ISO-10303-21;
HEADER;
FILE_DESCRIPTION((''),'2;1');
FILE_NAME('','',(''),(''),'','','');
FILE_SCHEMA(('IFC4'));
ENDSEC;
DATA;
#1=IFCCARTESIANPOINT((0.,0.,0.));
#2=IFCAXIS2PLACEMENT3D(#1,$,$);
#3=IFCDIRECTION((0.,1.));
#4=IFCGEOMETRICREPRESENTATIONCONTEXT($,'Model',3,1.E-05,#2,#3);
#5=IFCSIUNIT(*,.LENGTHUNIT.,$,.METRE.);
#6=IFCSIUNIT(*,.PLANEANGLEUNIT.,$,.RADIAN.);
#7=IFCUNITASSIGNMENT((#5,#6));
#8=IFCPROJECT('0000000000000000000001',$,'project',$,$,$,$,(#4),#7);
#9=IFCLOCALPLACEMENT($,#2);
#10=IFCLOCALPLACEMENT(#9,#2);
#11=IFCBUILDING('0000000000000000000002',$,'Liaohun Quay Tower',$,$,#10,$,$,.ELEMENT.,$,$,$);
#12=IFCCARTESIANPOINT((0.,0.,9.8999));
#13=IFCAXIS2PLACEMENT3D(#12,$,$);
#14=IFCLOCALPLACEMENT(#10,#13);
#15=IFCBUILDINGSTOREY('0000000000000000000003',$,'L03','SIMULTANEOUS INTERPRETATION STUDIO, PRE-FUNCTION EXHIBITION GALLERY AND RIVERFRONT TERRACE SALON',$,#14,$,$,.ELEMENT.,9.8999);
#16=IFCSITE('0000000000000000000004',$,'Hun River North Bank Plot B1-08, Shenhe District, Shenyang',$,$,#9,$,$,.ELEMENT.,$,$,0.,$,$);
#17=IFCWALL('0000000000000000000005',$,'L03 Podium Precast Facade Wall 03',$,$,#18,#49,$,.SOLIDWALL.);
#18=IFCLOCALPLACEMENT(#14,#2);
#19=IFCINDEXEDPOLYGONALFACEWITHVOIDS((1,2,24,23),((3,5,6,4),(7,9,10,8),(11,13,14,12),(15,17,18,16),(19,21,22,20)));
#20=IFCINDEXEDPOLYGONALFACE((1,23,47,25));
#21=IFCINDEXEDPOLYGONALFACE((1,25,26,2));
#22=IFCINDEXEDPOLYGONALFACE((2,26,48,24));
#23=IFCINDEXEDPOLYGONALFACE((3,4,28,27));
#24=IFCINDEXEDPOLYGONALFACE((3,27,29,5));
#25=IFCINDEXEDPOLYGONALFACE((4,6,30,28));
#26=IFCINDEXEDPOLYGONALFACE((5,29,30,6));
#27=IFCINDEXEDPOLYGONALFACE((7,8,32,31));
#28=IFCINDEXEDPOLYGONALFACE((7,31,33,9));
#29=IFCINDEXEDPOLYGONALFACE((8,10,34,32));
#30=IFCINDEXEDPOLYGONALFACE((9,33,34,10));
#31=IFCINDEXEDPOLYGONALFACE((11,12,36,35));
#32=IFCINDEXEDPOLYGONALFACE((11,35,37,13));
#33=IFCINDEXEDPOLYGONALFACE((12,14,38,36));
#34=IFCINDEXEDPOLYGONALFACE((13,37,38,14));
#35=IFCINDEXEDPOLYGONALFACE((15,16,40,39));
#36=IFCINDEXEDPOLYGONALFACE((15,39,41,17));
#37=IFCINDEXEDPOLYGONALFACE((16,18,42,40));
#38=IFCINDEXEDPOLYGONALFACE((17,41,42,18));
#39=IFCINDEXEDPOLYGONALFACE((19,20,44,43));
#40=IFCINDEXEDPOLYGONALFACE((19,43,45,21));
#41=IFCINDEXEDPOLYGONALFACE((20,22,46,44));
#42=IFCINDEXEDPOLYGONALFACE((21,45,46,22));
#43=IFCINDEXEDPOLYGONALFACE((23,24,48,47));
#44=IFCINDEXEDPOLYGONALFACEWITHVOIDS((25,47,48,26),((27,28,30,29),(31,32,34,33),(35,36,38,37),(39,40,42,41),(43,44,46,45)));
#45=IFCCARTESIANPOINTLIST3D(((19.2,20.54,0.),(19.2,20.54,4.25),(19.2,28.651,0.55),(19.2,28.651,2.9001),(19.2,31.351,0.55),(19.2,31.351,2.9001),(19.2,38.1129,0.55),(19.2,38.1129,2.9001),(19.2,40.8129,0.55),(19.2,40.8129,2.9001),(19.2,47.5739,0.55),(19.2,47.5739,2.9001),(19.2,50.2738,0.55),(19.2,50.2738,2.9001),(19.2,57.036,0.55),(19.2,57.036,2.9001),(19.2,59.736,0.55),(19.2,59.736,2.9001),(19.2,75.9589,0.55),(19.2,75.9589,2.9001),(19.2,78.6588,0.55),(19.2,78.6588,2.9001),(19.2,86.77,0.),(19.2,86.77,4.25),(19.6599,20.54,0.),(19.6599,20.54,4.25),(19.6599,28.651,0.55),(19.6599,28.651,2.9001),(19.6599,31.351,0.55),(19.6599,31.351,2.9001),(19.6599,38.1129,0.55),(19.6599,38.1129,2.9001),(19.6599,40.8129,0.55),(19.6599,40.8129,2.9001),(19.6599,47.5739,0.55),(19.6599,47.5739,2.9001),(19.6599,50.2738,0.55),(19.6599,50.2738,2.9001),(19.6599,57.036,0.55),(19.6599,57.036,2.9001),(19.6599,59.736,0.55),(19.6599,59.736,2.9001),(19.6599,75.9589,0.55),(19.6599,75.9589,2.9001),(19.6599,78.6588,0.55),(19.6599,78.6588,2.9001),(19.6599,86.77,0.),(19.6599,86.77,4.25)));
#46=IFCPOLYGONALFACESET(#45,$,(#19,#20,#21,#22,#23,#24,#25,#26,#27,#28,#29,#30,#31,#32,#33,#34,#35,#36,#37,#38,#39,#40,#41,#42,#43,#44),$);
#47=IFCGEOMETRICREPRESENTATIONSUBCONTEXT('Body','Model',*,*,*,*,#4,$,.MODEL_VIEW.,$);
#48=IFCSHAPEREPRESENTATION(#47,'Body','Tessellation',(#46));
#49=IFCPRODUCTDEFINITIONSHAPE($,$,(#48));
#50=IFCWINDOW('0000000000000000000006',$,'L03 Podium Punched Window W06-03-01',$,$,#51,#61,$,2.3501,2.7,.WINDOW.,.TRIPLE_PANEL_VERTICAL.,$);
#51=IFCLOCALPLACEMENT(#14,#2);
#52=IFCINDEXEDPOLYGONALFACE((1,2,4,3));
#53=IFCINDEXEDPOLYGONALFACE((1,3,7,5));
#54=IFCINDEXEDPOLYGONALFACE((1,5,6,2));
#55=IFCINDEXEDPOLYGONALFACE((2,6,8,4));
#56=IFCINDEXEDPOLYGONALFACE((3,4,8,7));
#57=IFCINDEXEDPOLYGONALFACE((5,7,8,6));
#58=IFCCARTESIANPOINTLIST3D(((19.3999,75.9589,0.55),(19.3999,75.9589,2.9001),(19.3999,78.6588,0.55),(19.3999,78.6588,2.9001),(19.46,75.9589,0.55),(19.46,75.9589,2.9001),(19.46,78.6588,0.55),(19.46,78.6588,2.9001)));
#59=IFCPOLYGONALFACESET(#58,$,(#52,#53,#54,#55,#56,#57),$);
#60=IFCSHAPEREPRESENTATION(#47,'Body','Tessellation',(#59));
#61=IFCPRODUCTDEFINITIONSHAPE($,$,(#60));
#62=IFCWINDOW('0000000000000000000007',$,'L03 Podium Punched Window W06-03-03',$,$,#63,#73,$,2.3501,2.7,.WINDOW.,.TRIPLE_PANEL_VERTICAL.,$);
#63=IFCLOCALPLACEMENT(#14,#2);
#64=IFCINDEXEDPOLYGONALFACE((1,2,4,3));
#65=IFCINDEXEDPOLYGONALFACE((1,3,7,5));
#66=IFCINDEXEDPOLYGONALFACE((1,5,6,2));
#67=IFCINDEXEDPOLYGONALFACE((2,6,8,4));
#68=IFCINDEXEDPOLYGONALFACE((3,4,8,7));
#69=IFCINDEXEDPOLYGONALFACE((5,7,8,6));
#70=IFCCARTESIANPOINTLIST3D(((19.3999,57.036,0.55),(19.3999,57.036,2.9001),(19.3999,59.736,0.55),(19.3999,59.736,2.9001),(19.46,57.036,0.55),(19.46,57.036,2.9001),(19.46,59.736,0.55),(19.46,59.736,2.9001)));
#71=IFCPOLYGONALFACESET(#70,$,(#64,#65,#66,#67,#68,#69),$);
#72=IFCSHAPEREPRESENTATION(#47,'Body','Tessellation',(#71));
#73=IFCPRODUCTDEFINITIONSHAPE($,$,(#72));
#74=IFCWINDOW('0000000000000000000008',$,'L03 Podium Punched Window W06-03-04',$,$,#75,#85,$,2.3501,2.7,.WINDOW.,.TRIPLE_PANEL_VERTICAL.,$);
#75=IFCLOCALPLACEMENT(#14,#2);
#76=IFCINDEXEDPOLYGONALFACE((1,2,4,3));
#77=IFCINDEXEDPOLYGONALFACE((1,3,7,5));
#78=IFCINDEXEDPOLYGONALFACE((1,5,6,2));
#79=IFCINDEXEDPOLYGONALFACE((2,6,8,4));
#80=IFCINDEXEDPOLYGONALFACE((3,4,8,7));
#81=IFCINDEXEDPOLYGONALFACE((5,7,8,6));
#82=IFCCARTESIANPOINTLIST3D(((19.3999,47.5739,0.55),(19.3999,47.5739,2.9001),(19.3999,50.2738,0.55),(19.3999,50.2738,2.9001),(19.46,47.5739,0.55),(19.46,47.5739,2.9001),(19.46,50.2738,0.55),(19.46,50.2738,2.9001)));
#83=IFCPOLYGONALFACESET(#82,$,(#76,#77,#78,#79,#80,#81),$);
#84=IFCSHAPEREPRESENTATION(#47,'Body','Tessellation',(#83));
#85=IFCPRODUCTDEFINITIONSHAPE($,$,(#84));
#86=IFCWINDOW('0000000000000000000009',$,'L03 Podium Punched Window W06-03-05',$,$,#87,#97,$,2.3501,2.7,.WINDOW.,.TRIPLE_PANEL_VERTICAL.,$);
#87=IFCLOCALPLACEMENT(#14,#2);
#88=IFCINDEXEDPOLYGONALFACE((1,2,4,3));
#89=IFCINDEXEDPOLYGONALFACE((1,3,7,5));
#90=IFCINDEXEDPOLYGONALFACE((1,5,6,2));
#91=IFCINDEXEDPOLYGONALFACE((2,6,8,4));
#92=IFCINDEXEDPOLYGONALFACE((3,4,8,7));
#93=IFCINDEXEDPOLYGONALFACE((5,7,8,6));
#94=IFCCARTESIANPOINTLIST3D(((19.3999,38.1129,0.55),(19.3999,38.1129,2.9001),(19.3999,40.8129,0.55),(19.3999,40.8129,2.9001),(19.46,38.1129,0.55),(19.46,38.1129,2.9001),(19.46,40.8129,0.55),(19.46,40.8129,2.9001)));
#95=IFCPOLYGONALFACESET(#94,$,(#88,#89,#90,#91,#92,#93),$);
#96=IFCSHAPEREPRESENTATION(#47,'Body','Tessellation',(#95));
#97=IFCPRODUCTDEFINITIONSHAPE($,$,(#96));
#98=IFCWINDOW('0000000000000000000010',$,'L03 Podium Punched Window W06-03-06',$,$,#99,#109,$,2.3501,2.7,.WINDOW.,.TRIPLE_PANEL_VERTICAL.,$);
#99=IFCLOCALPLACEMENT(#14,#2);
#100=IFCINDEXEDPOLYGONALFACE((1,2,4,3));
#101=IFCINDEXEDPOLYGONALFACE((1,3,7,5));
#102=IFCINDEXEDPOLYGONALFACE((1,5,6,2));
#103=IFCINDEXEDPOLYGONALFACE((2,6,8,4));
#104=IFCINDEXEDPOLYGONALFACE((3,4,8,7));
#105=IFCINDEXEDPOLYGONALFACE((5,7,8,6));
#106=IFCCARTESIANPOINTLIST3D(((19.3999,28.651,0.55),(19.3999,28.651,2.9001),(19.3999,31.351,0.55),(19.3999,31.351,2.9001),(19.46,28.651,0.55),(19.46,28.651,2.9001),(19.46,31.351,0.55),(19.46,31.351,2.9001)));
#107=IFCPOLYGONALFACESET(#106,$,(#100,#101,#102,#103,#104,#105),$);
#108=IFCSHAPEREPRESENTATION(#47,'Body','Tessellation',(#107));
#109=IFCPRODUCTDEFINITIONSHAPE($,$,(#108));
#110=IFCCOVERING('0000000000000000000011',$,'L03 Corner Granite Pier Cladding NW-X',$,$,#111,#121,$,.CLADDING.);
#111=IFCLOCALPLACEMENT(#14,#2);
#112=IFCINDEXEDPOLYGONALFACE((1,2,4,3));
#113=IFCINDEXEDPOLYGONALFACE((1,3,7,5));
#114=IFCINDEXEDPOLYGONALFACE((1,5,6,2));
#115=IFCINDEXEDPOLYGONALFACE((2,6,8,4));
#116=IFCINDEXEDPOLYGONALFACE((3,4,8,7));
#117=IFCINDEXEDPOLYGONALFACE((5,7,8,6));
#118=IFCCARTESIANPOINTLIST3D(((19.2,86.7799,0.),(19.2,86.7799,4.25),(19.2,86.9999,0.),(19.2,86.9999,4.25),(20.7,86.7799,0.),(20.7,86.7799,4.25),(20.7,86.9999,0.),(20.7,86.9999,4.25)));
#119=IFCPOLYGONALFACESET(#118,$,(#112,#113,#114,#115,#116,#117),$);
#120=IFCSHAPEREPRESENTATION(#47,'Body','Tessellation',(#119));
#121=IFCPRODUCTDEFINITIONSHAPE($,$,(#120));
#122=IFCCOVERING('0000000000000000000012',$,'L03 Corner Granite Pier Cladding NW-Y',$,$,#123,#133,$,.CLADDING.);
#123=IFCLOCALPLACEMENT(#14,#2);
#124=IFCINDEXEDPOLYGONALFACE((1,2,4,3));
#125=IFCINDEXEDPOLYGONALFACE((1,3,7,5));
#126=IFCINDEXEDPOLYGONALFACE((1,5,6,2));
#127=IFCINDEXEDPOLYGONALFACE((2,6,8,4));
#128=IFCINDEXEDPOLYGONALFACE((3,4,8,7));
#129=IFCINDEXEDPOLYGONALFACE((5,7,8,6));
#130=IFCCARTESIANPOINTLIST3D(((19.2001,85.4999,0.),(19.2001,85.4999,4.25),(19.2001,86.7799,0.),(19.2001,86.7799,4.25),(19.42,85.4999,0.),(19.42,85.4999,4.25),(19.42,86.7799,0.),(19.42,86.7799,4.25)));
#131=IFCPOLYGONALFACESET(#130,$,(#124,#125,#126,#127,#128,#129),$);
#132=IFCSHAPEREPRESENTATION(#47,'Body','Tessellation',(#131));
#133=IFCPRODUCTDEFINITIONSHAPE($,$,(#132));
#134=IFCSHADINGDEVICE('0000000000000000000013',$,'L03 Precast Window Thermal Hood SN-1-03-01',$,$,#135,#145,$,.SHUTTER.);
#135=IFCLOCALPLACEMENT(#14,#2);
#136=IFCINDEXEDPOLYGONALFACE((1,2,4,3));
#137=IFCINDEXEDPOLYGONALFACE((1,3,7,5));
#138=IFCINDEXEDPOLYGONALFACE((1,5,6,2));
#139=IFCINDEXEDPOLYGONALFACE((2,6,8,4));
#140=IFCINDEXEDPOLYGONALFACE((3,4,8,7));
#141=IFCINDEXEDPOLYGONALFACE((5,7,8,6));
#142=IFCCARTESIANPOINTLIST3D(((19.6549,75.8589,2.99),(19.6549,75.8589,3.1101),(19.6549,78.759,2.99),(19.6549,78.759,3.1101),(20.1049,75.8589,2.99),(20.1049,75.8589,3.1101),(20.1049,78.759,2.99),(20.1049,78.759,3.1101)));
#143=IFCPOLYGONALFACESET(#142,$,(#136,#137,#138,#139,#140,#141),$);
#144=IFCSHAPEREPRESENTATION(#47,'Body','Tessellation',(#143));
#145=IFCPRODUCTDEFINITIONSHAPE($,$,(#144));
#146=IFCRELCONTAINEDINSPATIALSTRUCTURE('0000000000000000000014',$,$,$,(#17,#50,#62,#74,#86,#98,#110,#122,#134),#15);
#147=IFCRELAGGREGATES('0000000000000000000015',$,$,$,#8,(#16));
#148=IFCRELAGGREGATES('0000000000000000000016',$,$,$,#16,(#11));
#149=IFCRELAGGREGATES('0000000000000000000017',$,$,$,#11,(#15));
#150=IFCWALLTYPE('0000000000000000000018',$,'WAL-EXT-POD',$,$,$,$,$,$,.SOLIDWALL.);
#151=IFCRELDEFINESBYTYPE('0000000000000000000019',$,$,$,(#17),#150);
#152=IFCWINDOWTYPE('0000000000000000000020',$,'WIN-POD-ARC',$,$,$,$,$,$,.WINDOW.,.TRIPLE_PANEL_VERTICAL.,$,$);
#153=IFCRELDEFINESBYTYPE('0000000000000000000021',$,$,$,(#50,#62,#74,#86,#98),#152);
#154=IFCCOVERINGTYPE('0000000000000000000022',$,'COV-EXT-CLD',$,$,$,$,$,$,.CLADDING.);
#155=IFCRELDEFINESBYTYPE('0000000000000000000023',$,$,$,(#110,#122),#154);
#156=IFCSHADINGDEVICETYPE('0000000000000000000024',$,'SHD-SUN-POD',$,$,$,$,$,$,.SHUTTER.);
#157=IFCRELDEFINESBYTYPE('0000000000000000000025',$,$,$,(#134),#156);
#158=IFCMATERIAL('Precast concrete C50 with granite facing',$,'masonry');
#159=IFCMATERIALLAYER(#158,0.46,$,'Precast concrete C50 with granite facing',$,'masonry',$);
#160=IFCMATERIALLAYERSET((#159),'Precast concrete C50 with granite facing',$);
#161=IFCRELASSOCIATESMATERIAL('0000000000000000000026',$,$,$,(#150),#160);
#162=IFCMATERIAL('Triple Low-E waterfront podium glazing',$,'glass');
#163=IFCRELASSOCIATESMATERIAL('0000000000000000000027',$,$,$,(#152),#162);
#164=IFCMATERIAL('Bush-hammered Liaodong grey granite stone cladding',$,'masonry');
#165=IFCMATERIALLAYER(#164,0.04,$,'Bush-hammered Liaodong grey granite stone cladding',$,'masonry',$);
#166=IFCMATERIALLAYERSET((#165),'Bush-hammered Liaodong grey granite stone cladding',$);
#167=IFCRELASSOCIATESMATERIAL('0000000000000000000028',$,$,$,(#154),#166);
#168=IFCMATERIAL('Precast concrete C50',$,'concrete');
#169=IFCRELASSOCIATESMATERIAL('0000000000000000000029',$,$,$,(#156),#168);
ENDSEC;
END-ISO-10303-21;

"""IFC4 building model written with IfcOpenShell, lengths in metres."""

from ifc_helpers import new_model, si_unit, direction, frame, frame_2d, origin, origin_2d, place, context, subcontext, project, spatial, rectangle, extrude, source, transform, mapped, material, layer, layer_set, material_profile, profile_set, type_object, element, fill, save


model = new_model("IFC4")

# Units and contexts
model_context = context("Model", 3, precision=1e-05, world=origin(), true_north=direction((0.0, 1.0)))
body_context = subcontext(model_context, "Body", "Model", "MODEL_VIEW")
ifc_project = project(units=[si_unit("LENGTHUNIT", "METRE"), si_unit("PLANEANGLEUNIT", "RADIAN")], contexts=[model_context])

# Site, building, storey
site_placement = place(None, origin())
site = spatial("IfcSite", under=ifc_project, at=site_placement, Name="Hun River North Bank Plot B1-08, Shenhe District, Shenyang", CompositionType="ELEMENT", RefElevation=0.0)
building_placement = place(site_placement, origin())
building = spatial("IfcBuilding", under=site, at=building_placement, Name="Liaohun Quay Tower", CompositionType="ELEMENT")
storey_placement = place(building_placement, frame((0.0, 0.0, 9.8999)))
storey = spatial("IfcBuildingStorey", under=building, at=storey_placement, Name="L03", Description="SIMULTANEOUS INTERPRETATION STUDIO, PRE-FUNCTION EXHIBITION GALLERY AND RIVERFRONT TERRACE SALON", CompositionType="ELEMENT", Elevation=9.8999)

# Wall, openings, windows
ifc_material_1 = material(Name="Precast concrete C50 with granite facing", Category="masonry")
ifc_layer_1 = layer(ifc_material_1, 0.46, Name="Precast concrete C50 with granite facing", Category="masonry")
ifc_layer_set_1 = layer_set([ifc_layer_1], Name="Precast concrete C50 with granite facing")
wall_type = type_object("IfcWallType", Name="WAL-EXT-POD", PredefinedType="SOLIDWALL", material=ifc_layer_set_1)
wall_placement = place(storey_placement, frame((19.4299, 86.77, 0.0), z_axis=(0.0, 0.0, 1.0), x_axis=(0.0, -1.0, 0.0)))
wall = element("IfcWall", 1, at=wall_placement, inside=storey, type_object=wall_type, Name="L03 Podium Precast Facade Wall 03", PredefinedType="SOLIDWALL", context=body_context, shape_type="SweptSolid", body=[
    extrude(rectangle(XDim=66.23, YDim=0.46, at=frame_2d((33.115, 0.0))), origin(), (0.0, 0.0, 1.0), 4.25),
])
shared_shape_1 = source(origin(), body_context, "Body", "SweptSolid", [
    extrude(rectangle(XDim=2.7, YDim=2.3501, at=frame_2d((1.3501, 1.175))), frame((0.0, 0.24, 0.0), z_axis=(0.0, -1.0, 0.0), x_axis=(1.0, 0.0, 0.0)), (0.0, 0.0, 1.0), 0.48),
])
opening_1_placement = place(wall_placement, frame((8.1111, 0.0, 0.55)))
opening_1 = element("IfcOpeningElement", 2, at=opening_1_placement, cuts=wall, PredefinedType="OPENING", context=body_context, shape_type="MappedRepresentation", body=[
    mapped(shared_shape_1, transform((0.0, 0.0, 0.0), x_axis=(1.0, 0.0, 0.0), y_axis=(0.0, 1.0, 0.0), z_axis=(0.0, 0.0, 1.0), scale=1.0)),
])
opening_2_placement = place(wall_placement, frame((27.0339, 0.0, 0.55)))
opening_2 = element("IfcOpeningElement", 3, at=opening_2_placement, cuts=wall, PredefinedType="OPENING", context=body_context, shape_type="MappedRepresentation", body=[
    mapped(shared_shape_1, transform((0.0, 0.0, 0.0), x_axis=(1.0, 0.0, 0.0), y_axis=(0.0, 1.0, 0.0), z_axis=(0.0, 0.0, 1.0), scale=1.0)),
])
opening_3_placement = place(wall_placement, frame((36.4961, 0.0, 0.55)))
opening_3 = element("IfcOpeningElement", 4, at=opening_3_placement, cuts=wall, PredefinedType="OPENING", context=body_context, shape_type="MappedRepresentation", body=[
    mapped(shared_shape_1, transform((0.0, 0.0, 0.0), x_axis=(1.0, 0.0, 0.0), y_axis=(0.0, 1.0, 0.0), z_axis=(0.0, 0.0, 1.0), scale=1.0)),
])
opening_4_placement = place(wall_placement, frame((45.957, 0.0, 0.55)))
opening_4 = element("IfcOpeningElement", 5, at=opening_4_placement, cuts=wall, PredefinedType="OPENING", context=body_context, shape_type="MappedRepresentation", body=[
    mapped(shared_shape_1, transform((0.0, 0.0, 0.0), x_axis=(1.0, 0.0, 0.0), y_axis=(0.0, 1.0, 0.0), z_axis=(0.0, 0.0, 1.0), scale=1.0)),
])
opening_5_placement = place(wall_placement, frame((55.4189, 0.0, 0.55)))
opening_5 = element("IfcOpeningElement", 6, at=opening_5_placement, cuts=wall, PredefinedType="OPENING", context=body_context, shape_type="MappedRepresentation", body=[
    mapped(shared_shape_1, transform((0.0, 0.0, 0.0), x_axis=(1.0, 0.0, 0.0), y_axis=(0.0, 1.0, 0.0), z_axis=(0.0, 0.0, 1.0), scale=1.0)),
])
ifc_material_2 = material(Name="Triple Low-E waterfront podium glazing", Category="glass")
window_type = type_object("IfcWindowType", Name="WIN-POD-ARC", PartitioningType="TRIPLE_PANEL_VERTICAL", PredefinedType="WINDOW", material=ifc_material_2)
shared_shape_2 = source(origin(), body_context, "Body", "SweptSolid", [
    extrude(rectangle(XDim=2.7, YDim=2.3501, at=frame_2d((1.3501, 1.175))), frame((0.0, 0.03, 0.0), z_axis=(0.0, -1.0, 0.0), x_axis=(1.0, 0.0, 0.0)), (0.0, 0.0, 1.0), 0.0601),
])
window_1_placement = place(opening_1_placement, origin())
window_1 = element("IfcWindow", 7, at=window_1_placement, inside=storey, type_object=window_type, Name="L03 Podium Punched Window W06-03-01", OverallHeight=2.3501, OverallWidth=2.7, PartitioningType="TRIPLE_PANEL_VERTICAL", PredefinedType="WINDOW", context=body_context, shape_type="MappedRepresentation", body=[
    mapped(shared_shape_2, transform((0.0, 0.0, 0.0), x_axis=(1.0, 0.0, 0.0), y_axis=(0.0, 1.0, 0.0), z_axis=(0.0, 0.0, 1.0), scale=1.0)),
])
fill(opening_1, window_1)
window_2_placement = place(opening_2_placement, origin())
window_2 = element("IfcWindow", 8, at=window_2_placement, inside=storey, type_object=window_type, Name="L03 Podium Punched Window W06-03-03", OverallHeight=2.3501, OverallWidth=2.7, PartitioningType="TRIPLE_PANEL_VERTICAL", PredefinedType="WINDOW", context=body_context, shape_type="MappedRepresentation", body=[
    mapped(shared_shape_2, transform((0.0, 0.0, 0.0), x_axis=(1.0, 0.0, 0.0), y_axis=(0.0, 1.0, 0.0), z_axis=(0.0, 0.0, 1.0), scale=1.0)),
])
fill(opening_2, window_2)
window_3_placement = place(opening_3_placement, origin())
window_3 = element("IfcWindow", 9, at=window_3_placement, inside=storey, type_object=window_type, Name="L03 Podium Punched Window W06-03-04", OverallHeight=2.3501, OverallWidth=2.7, PartitioningType="TRIPLE_PANEL_VERTICAL", PredefinedType="WINDOW", context=body_context, shape_type="MappedRepresentation", body=[
    mapped(shared_shape_2, transform((0.0, 0.0, 0.0), x_axis=(1.0, 0.0, 0.0), y_axis=(0.0, 1.0, 0.0), z_axis=(0.0, 0.0, 1.0), scale=1.0)),
])
fill(opening_3, window_3)
window_4_placement = place(opening_4_placement, origin())
window_4 = element("IfcWindow", 10, at=window_4_placement, inside=storey, type_object=window_type, Name="L03 Podium Punched Window W06-03-05", OverallHeight=2.3501, OverallWidth=2.7, PartitioningType="TRIPLE_PANEL_VERTICAL", PredefinedType="WINDOW", context=body_context, shape_type="MappedRepresentation", body=[
    mapped(shared_shape_2, transform((0.0, 0.0, 0.0), x_axis=(1.0, 0.0, 0.0), y_axis=(0.0, 1.0, 0.0), z_axis=(0.0, 0.0, 1.0), scale=1.0)),
])
fill(opening_4, window_4)
window_5_placement = place(opening_5_placement, origin())
window_5 = element("IfcWindow", 11, at=window_5_placement, inside=storey, type_object=window_type, Name="L03 Podium Punched Window W06-03-06", OverallHeight=2.3501, OverallWidth=2.7, PartitioningType="TRIPLE_PANEL_VERTICAL", PredefinedType="WINDOW", context=body_context, shape_type="MappedRepresentation", body=[
    mapped(shared_shape_2, transform((0.0, 0.0, 0.0), x_axis=(1.0, 0.0, 0.0), y_axis=(0.0, 1.0, 0.0), z_axis=(0.0, 0.0, 1.0), scale=1.0)),
])
fill(opening_5, window_5)

# Coverings
ifc_material_3 = material(Name="Bush-hammered Liaodong grey granite stone cladding", Category="masonry")
ifc_layer_2 = layer(ifc_material_3, 0.04, Name="Bush-hammered Liaodong grey granite stone cladding", Category="masonry")
ifc_layer_set_2 = layer_set([ifc_layer_2], Name="Bush-hammered Liaodong grey granite stone cladding")
covering_type = type_object("IfcCoveringType", Name="COV-EXT-CLD", PredefinedType="CLADDING", material=ifc_layer_set_2)
shared_shape_3 = source(origin(), body_context, "Body", "SweptSolid", [
    extrude(rectangle(XDim=1.5, YDim=0.22, at=origin_2d()), origin(), (0.0, 0.0, 1.0), 4.25),
])
covering_1_placement = place(storey_placement, frame((19.95, 86.8899, 0.0), z_axis=(0.0, 0.0, 1.0), x_axis=(1.0, 0.0, 0.0)))
element("IfcCovering", 12, at=covering_1_placement, inside=storey, type_object=covering_type, Name="L03 Corner Granite Pier Cladding NW-X", PredefinedType="CLADDING", context=body_context, shape_type="MappedRepresentation", body=[
    mapped(shared_shape_3, transform((0.0, 0.0, 0.0), x_axis=(1.0, 0.0, 0.0), y_axis=(0.0, 1.0, 0.0), z_axis=(0.0, 0.0, 1.0), scale=1.0)),
])
shared_shape_4 = source(origin(), body_context, "Body", "SweptSolid", [
    extrude(rectangle(XDim=0.22, YDim=1.28, at=origin_2d()), origin(), (0.0, 0.0, 1.0), 4.25),
])
covering_2_placement = place(storey_placement, frame((19.3101, 86.1399, 0.0), z_axis=(0.0, 0.0, 1.0), x_axis=(1.0, 0.0, 0.0)))
element("IfcCovering", 13, at=covering_2_placement, inside=storey, type_object=covering_type, Name="L03 Corner Granite Pier Cladding NW-Y", PredefinedType="CLADDING", context=body_context, shape_type="MappedRepresentation", body=[
    mapped(shared_shape_4, transform((0.0, 0.0, 0.0), x_axis=(1.0, 0.0, 0.0), y_axis=(0.0, 1.0, 0.0), z_axis=(0.0, 0.0, 1.0), scale=1.0)),
])

# Shading device
ifc_material_4 = material(Name="Precast concrete C50", Category="concrete")
ifc_material_profile_1 = material_profile(ifc_material_4, rectangle(XDim=0.45, YDim=0.1201, at=origin_2d()), Name="PRC-SUN-450x120")
ifc_profile_set_1 = profile_set([ifc_material_profile_1], Name="Precast concrete C50")
shading_device_type = type_object("IfcShadingDeviceType", Name="SHD-SUN-POD", PredefinedType="SHUTTER", material=ifc_profile_set_1)
shared_shape_5 = source(origin(), body_context, "Body", "SweptSolid", [
    extrude(rectangle(XDim=0.45, YDim=0.1201, at=origin_2d()), origin(), (0.0, 0.0, 1.0), 2.9001),
])
shading_device_placement = place(storey_placement, frame((19.8799, 78.759, 3.05), z_axis=(0.0, -1.0, 0.0), x_axis=(1.0, 0.0, 0.0)))
element("IfcShadingDevice", 14, at=shading_device_placement, inside=storey, type_object=shading_device_type, Name="L03 Precast Window Thermal Hood SN-1-03-01", PredefinedType="SHUTTER", context=body_context, shape_type="MappedRepresentation", body=[
    mapped(shared_shape_5, transform((0.0, 0.0, 0.0), x_axis=(1.0, 0.0, 0.0), y_axis=(0.0, 1.0, 0.0), z_axis=(0.0, 0.0, 1.0), scale=1.0)),
])

save(model, "model.ifc")
